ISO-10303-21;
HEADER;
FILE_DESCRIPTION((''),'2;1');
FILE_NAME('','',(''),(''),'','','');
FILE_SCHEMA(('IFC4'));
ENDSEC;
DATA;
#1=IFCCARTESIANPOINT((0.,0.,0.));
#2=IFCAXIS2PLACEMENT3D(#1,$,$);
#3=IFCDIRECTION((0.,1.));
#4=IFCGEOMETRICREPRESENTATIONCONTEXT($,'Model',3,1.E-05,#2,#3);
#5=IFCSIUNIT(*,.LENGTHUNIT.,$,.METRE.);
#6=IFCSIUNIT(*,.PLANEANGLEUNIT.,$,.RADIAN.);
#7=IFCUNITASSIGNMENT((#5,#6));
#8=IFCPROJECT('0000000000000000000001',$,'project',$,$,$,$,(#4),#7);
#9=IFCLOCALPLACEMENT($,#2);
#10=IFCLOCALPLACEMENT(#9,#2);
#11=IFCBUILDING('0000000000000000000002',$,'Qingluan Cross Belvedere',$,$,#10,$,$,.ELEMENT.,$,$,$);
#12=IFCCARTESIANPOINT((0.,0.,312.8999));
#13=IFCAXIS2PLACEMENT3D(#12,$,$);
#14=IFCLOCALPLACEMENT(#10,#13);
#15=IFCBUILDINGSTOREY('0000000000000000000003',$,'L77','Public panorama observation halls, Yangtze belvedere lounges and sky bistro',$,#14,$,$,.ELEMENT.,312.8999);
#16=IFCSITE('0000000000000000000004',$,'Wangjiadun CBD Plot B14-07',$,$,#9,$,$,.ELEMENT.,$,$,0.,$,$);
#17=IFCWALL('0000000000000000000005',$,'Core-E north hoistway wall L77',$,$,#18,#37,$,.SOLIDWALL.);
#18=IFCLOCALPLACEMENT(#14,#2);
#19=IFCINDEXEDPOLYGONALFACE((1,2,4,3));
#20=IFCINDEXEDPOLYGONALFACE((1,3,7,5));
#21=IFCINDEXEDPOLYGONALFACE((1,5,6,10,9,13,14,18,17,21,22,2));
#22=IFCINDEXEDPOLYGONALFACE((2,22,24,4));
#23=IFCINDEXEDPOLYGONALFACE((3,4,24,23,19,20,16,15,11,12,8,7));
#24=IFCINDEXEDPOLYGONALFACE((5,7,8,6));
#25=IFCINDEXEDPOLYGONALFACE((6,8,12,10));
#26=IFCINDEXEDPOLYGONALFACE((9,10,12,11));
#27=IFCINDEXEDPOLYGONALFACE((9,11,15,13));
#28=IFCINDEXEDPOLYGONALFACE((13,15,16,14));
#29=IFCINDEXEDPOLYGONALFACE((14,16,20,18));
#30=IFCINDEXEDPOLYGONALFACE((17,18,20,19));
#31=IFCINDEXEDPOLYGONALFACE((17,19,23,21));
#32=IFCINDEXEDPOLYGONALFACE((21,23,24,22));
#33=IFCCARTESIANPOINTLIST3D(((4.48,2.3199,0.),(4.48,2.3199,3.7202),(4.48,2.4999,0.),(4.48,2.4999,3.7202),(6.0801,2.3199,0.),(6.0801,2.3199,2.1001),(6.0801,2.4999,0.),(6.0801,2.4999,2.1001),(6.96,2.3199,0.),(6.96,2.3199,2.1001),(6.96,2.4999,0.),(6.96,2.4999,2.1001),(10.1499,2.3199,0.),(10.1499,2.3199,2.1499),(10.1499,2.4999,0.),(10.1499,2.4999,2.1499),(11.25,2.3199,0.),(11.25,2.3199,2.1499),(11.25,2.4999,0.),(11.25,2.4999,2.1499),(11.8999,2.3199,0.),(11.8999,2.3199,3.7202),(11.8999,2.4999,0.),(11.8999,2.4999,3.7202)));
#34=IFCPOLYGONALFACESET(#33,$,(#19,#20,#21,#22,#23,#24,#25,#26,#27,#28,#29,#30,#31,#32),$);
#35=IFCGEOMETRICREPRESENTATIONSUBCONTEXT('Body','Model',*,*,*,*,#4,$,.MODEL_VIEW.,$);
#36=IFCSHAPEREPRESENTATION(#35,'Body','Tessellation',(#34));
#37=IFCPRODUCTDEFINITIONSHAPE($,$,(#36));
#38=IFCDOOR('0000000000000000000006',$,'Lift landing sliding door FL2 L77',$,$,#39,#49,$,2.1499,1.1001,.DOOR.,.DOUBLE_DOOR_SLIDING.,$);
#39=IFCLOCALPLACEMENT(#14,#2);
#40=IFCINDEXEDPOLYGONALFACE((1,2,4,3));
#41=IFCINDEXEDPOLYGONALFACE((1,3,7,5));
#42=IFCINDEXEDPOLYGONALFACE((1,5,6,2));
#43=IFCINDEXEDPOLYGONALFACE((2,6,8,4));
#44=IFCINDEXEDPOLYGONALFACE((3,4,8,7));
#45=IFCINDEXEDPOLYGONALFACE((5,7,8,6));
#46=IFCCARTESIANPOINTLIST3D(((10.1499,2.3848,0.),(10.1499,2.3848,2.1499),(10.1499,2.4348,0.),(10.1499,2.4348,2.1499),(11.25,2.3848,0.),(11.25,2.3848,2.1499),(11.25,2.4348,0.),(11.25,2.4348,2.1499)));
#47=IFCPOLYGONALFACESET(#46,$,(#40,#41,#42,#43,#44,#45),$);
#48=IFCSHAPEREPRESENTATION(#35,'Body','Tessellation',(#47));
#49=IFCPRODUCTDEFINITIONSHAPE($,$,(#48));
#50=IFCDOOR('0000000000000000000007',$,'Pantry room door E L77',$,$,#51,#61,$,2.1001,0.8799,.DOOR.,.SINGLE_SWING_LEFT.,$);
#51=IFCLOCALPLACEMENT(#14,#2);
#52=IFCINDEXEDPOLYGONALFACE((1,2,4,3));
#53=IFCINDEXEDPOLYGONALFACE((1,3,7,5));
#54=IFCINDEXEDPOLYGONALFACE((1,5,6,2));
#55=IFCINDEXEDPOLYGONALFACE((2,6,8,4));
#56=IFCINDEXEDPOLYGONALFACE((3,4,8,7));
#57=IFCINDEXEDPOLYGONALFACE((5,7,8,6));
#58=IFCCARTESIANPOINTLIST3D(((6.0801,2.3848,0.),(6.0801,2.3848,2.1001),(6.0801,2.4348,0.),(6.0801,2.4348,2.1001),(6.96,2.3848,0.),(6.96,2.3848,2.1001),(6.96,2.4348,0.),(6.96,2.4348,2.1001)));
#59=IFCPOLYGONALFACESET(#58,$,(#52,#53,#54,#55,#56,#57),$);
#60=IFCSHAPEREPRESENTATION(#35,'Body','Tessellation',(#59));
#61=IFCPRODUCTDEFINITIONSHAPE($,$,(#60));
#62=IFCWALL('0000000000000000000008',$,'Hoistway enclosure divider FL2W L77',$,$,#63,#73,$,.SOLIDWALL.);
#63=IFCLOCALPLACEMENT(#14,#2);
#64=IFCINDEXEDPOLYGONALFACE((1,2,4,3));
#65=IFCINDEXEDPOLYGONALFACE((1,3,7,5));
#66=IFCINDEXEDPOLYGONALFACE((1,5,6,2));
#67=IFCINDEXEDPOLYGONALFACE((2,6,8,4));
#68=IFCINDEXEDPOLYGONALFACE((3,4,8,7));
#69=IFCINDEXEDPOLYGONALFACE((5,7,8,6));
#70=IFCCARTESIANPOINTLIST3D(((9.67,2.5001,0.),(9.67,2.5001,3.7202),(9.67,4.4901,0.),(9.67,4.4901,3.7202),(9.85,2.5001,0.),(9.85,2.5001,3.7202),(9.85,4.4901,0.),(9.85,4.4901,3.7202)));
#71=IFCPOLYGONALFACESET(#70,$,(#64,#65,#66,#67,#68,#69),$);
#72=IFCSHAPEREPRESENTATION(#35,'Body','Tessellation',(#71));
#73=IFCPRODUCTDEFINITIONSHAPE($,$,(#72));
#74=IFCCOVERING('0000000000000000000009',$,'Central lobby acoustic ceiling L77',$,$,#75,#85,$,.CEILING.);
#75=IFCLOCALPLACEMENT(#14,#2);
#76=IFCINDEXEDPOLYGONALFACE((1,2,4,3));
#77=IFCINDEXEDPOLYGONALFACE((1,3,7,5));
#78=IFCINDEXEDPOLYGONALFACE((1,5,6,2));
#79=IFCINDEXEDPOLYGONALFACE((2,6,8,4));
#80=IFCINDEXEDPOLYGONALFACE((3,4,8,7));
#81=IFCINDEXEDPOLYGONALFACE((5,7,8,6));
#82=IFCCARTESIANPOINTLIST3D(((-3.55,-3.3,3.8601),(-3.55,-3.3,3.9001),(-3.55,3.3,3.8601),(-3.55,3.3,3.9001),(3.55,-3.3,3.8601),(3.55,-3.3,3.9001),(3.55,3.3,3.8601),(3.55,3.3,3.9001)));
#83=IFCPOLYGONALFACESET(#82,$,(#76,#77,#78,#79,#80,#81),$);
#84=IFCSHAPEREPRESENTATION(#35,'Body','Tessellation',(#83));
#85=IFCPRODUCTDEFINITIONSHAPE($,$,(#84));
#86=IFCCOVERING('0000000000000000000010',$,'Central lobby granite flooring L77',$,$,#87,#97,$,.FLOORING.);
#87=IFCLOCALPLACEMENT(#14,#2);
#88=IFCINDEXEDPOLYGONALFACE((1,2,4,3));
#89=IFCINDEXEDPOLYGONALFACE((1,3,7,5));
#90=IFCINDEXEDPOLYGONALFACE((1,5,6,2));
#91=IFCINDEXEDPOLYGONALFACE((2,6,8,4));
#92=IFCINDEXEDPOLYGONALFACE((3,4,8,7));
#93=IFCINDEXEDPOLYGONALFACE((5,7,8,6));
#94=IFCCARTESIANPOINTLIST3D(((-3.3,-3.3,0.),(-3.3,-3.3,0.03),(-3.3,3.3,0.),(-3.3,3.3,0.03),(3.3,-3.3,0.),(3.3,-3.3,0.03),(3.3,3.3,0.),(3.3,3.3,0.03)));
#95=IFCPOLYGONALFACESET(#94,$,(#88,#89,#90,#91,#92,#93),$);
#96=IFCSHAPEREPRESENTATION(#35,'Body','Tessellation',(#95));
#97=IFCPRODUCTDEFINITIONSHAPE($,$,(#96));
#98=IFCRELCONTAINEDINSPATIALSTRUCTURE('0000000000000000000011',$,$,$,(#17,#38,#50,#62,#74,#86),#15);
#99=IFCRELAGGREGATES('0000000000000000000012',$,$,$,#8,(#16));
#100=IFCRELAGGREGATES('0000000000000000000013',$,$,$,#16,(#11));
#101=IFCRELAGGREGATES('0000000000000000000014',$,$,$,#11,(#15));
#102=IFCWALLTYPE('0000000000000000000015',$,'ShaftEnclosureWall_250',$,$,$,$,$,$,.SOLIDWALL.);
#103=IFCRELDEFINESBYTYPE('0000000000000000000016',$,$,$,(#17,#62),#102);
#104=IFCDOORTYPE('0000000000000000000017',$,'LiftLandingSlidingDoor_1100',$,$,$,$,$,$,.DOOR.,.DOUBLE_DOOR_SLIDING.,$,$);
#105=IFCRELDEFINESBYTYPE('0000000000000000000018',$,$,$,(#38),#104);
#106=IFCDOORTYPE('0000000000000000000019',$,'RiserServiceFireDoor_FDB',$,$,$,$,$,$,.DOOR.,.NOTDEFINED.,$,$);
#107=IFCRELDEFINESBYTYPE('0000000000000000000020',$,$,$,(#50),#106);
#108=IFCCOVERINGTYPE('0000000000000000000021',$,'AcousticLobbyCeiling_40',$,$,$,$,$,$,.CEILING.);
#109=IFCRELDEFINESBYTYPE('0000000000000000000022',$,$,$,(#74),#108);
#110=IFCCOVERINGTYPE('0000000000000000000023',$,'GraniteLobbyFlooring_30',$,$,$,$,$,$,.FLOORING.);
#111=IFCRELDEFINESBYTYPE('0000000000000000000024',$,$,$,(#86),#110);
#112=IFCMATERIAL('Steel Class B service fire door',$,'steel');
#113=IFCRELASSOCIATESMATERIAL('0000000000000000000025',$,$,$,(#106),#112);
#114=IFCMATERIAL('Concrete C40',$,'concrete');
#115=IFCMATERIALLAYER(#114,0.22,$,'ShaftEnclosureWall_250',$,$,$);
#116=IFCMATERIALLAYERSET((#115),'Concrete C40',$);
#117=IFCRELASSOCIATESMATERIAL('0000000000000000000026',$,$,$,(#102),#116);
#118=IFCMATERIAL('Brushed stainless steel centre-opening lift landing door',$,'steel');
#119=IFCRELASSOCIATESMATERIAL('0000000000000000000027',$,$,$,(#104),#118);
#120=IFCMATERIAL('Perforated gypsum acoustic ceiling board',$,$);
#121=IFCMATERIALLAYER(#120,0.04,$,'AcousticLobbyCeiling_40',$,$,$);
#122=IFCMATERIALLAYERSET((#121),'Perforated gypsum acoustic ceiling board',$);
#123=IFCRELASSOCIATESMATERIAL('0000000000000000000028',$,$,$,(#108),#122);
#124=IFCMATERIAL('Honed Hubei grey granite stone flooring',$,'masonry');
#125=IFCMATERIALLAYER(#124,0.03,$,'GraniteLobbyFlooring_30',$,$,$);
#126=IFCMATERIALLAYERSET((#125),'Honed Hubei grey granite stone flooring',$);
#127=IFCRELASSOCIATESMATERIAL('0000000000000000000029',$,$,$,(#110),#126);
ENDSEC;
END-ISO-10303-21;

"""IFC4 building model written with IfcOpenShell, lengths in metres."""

from ifc_helpers import new_model, si_unit, direction, frame, frame_2d, origin, origin_with_axes, origin_2d, place, context, subcontext, project, spatial, rectangle, extrude, material, layer, layer_set, type_object, element, fill, save


model = new_model("IFC4")

# Units and contexts
model_context = context("Model", 3, precision=1e-05, world=origin(), true_north=direction((0.0, 1.0)))
body_context = subcontext(model_context, "Body", "Model", "MODEL_VIEW")
ifc_project = project(units=[si_unit("LENGTHUNIT", "METRE"), si_unit("PLANEANGLEUNIT", "RADIAN")], contexts=[model_context])

# Site, building, storey
site_placement = place(None, origin())
site = spatial("IfcSite", under=ifc_project, at=site_placement, Name="Wangjiadun CBD Plot B14-07", CompositionType="ELEMENT", RefElevation=0.0)
building_placement = place(site_placement, origin())
building = spatial("IfcBuilding", under=site, at=building_placement, Name="Qingluan Cross Belvedere", CompositionType="ELEMENT")
storey_placement = place(building_placement, frame((0.0, 0.0, 312.8999)))
storey = spatial("IfcBuildingStorey", under=building, at=storey_placement, Name="L77", Description="Public panorama observation halls, Yangtze belvedere lounges and sky bistro", CompositionType="ELEMENT", Elevation=312.8999)

# Shared definitions
ifc_material_1 = material(Name="Steel Class B service fire door", Category="steel")
door_type_1 = type_object("IfcDoorType", Name="RiserServiceFireDoor_FDB", OperationType="NOTDEFINED", PredefinedType="DOOR", material=ifc_material_1)

# Wall, openings, doors
ifc_material_2 = material(Name="Concrete C40", Category="concrete")
ifc_layer_1 = layer(ifc_material_2, 0.22, Name="ShaftEnclosureWall_250")
ifc_layer_set_1 = layer_set([ifc_layer_1], Name="Concrete C40")
wall_type_1 = type_object("IfcWallType", Name="ShaftEnclosureWall_250", PredefinedType="SOLIDWALL", material=ifc_layer_set_1)
wall_1_placement = place(storey_placement, frame((4.48, 2.4099, 0.0), z_axis=(0.0, 0.0, 1.0), x_axis=(1.0, 0.0, 0.0)))
wall_1 = element("IfcWall", 1, at=wall_1_placement, inside=storey, type_object=wall_type_1, Name="Core-E north hoistway wall L77", PredefinedType="SOLIDWALL", context=body_context, shape_type="SweptSolid", body=[
    extrude(rectangle(XDim=7.4199, YDim=0.1799, at=frame_2d((3.71, 0.0))), origin(), (0.0, 0.0, 1.0), 3.7202),
])
opening_1_placement = place(wall_1_placement, frame((5.6699, 0.0, 0.0)))
opening_1 = element("IfcOpeningElement", 2, at=opening_1_placement, cuts=wall_1, PredefinedType="OPENING", context=body_context, shape_type="SweptSolid", body=[
    extrude(rectangle(XDim=1.1001, YDim=2.1499, at=frame_2d((0.55, 1.075))), frame((0.0, 0.0999, 0.0), z_axis=(0.0, -1.0, 0.0), x_axis=(1.0, 0.0, 0.0)), (0.0, 0.0, 1.0), 0.2),
])
opening_2_placement = place(wall_1_placement, frame((1.6001, 0.0, 0.0)))
opening_2 = element("IfcOpeningElement", 3, at=opening_2_placement, cuts=wall_1, PredefinedType="OPENING", context=body_context, shape_type="SweptSolid", body=[
    extrude(rectangle(XDim=0.8799, YDim=2.1001, at=frame_2d((0.4399, 1.05))), frame((0.0, 0.0999, 0.0), z_axis=(0.0, -1.0, 0.0), x_axis=(1.0, 0.0, 0.0)), (0.0, 0.0, 1.0), 0.2),
])
ifc_material_3 = material(Name="Brushed stainless steel centre-opening lift landing door", Category="steel")
door_type_2 = type_object("IfcDoorType", Name="LiftLandingSlidingDoor_1100", OperationType="DOUBLE_DOOR_SLIDING", PredefinedType="DOOR", material=ifc_material_3)
door_1_placement = place(opening_1_placement, origin())
door_1 = element("IfcDoor", 4, at=door_1_placement, inside=storey, type_object=door_type_2, Name="Lift landing sliding door FL2 L77", OperationType="DOUBLE_DOOR_SLIDING", OverallHeight=2.1499, OverallWidth=1.1001, PredefinedType="DOOR", context=body_context, shape_type="SweptSolid", body=[
    extrude(rectangle(XDim=1.1001, YDim=2.1499, at=frame_2d((0.55, 1.075))), frame((0.0, 0.0249, 0.0), z_axis=(0.0, -1.0, 0.0), x_axis=(1.0, 0.0, 0.0)), (0.0, 0.0, 1.0), 0.05),
])
fill(opening_1, door_1)
door_2_placement = place(opening_2_placement, origin())
door_2 = element("IfcDoor", 5, at=door_2_placement, inside=storey, type_object=door_type_1, Name="Pantry room door E L77", OperationType="SINGLE_SWING_LEFT", OverallHeight=2.1001, OverallWidth=0.8799, PredefinedType="DOOR", context=body_context, shape_type="SweptSolid", body=[
    extrude(rectangle(XDim=0.8799, YDim=2.1001, at=frame_2d((0.4399, 1.05))), frame((0.0, 0.0249, 0.0), z_axis=(0.0, -1.0, 0.0), x_axis=(1.0, 0.0, 0.0)), (0.0, 0.0, 1.0), 0.05),
])
fill(opening_2, door_2)

# Wall
wall_2_placement = place(storey_placement, frame((9.76, 2.5, 0.0), z_axis=(0.0, 0.0, 1.0), x_axis=(0.0, 1.0, 0.0)))
element("IfcWall", 6, at=wall_2_placement, inside=storey, type_object=wall_type_1, Name="Hoistway enclosure divider FL2W L77", PredefinedType="SOLIDWALL", context=body_context, shape_type="SweptSolid", body=[
    extrude(rectangle(XDim=1.99, YDim=0.1799, at=frame_2d((0.9951, 0.0))), origin(), (0.0, 0.0, 1.0), 3.7202),
])

# Coverings
ifc_material_4 = material(Name="Perforated gypsum acoustic ceiling board")
ifc_layer_2 = layer(ifc_material_4, 0.04, Name="AcousticLobbyCeiling_40")
ifc_layer_set_2 = layer_set([ifc_layer_2], Name="Perforated gypsum acoustic ceiling board")
covering_type_1 = type_object("IfcCoveringType", Name="AcousticLobbyCeiling_40", PredefinedType="CEILING", material=ifc_layer_set_2)
covering_1_placement = place(storey_placement, frame((0.0, 0.0, 3.8601), z_axis=(0.0, 0.0, 1.0), x_axis=(1.0, 0.0, 0.0)))
element("IfcCovering", 7, at=covering_1_placement, inside=storey, type_object=covering_type_1, Name="Central lobby acoustic ceiling L77", PredefinedType="CEILING", context=body_context, shape_type="SweptSolid", body=[
    extrude(rectangle(XDim=7.1001, YDim=6.6001, at=origin_2d()), origin(), (0.0, 0.0, 1.0), 0.04),
])
ifc_material_5 = material(Name="Honed Hubei grey granite stone flooring", Category="masonry")
ifc_layer_3 = layer(ifc_material_5, 0.03, Name="GraniteLobbyFlooring_30")
ifc_layer_set_3 = layer_set([ifc_layer_3], Name="Honed Hubei grey granite stone flooring")
covering_type_2 = type_object("IfcCoveringType", Name="GraniteLobbyFlooring_30", PredefinedType="FLOORING", material=ifc_layer_set_3)
covering_2_placement = place(storey_placement, origin_with_axes())
element("IfcCovering", 8, at=covering_2_placement, inside=storey, type_object=covering_type_2, Name="Central lobby granite flooring L77", PredefinedType="FLOORING", context=body_context, shape_type="SweptSolid", body=[
    extrude(rectangle(XDim=6.6001, YDim=6.6001, at=origin_2d()), origin(), (0.0, 0.0, 1.0), 0.03),
])

save(model, "model.ifc")
